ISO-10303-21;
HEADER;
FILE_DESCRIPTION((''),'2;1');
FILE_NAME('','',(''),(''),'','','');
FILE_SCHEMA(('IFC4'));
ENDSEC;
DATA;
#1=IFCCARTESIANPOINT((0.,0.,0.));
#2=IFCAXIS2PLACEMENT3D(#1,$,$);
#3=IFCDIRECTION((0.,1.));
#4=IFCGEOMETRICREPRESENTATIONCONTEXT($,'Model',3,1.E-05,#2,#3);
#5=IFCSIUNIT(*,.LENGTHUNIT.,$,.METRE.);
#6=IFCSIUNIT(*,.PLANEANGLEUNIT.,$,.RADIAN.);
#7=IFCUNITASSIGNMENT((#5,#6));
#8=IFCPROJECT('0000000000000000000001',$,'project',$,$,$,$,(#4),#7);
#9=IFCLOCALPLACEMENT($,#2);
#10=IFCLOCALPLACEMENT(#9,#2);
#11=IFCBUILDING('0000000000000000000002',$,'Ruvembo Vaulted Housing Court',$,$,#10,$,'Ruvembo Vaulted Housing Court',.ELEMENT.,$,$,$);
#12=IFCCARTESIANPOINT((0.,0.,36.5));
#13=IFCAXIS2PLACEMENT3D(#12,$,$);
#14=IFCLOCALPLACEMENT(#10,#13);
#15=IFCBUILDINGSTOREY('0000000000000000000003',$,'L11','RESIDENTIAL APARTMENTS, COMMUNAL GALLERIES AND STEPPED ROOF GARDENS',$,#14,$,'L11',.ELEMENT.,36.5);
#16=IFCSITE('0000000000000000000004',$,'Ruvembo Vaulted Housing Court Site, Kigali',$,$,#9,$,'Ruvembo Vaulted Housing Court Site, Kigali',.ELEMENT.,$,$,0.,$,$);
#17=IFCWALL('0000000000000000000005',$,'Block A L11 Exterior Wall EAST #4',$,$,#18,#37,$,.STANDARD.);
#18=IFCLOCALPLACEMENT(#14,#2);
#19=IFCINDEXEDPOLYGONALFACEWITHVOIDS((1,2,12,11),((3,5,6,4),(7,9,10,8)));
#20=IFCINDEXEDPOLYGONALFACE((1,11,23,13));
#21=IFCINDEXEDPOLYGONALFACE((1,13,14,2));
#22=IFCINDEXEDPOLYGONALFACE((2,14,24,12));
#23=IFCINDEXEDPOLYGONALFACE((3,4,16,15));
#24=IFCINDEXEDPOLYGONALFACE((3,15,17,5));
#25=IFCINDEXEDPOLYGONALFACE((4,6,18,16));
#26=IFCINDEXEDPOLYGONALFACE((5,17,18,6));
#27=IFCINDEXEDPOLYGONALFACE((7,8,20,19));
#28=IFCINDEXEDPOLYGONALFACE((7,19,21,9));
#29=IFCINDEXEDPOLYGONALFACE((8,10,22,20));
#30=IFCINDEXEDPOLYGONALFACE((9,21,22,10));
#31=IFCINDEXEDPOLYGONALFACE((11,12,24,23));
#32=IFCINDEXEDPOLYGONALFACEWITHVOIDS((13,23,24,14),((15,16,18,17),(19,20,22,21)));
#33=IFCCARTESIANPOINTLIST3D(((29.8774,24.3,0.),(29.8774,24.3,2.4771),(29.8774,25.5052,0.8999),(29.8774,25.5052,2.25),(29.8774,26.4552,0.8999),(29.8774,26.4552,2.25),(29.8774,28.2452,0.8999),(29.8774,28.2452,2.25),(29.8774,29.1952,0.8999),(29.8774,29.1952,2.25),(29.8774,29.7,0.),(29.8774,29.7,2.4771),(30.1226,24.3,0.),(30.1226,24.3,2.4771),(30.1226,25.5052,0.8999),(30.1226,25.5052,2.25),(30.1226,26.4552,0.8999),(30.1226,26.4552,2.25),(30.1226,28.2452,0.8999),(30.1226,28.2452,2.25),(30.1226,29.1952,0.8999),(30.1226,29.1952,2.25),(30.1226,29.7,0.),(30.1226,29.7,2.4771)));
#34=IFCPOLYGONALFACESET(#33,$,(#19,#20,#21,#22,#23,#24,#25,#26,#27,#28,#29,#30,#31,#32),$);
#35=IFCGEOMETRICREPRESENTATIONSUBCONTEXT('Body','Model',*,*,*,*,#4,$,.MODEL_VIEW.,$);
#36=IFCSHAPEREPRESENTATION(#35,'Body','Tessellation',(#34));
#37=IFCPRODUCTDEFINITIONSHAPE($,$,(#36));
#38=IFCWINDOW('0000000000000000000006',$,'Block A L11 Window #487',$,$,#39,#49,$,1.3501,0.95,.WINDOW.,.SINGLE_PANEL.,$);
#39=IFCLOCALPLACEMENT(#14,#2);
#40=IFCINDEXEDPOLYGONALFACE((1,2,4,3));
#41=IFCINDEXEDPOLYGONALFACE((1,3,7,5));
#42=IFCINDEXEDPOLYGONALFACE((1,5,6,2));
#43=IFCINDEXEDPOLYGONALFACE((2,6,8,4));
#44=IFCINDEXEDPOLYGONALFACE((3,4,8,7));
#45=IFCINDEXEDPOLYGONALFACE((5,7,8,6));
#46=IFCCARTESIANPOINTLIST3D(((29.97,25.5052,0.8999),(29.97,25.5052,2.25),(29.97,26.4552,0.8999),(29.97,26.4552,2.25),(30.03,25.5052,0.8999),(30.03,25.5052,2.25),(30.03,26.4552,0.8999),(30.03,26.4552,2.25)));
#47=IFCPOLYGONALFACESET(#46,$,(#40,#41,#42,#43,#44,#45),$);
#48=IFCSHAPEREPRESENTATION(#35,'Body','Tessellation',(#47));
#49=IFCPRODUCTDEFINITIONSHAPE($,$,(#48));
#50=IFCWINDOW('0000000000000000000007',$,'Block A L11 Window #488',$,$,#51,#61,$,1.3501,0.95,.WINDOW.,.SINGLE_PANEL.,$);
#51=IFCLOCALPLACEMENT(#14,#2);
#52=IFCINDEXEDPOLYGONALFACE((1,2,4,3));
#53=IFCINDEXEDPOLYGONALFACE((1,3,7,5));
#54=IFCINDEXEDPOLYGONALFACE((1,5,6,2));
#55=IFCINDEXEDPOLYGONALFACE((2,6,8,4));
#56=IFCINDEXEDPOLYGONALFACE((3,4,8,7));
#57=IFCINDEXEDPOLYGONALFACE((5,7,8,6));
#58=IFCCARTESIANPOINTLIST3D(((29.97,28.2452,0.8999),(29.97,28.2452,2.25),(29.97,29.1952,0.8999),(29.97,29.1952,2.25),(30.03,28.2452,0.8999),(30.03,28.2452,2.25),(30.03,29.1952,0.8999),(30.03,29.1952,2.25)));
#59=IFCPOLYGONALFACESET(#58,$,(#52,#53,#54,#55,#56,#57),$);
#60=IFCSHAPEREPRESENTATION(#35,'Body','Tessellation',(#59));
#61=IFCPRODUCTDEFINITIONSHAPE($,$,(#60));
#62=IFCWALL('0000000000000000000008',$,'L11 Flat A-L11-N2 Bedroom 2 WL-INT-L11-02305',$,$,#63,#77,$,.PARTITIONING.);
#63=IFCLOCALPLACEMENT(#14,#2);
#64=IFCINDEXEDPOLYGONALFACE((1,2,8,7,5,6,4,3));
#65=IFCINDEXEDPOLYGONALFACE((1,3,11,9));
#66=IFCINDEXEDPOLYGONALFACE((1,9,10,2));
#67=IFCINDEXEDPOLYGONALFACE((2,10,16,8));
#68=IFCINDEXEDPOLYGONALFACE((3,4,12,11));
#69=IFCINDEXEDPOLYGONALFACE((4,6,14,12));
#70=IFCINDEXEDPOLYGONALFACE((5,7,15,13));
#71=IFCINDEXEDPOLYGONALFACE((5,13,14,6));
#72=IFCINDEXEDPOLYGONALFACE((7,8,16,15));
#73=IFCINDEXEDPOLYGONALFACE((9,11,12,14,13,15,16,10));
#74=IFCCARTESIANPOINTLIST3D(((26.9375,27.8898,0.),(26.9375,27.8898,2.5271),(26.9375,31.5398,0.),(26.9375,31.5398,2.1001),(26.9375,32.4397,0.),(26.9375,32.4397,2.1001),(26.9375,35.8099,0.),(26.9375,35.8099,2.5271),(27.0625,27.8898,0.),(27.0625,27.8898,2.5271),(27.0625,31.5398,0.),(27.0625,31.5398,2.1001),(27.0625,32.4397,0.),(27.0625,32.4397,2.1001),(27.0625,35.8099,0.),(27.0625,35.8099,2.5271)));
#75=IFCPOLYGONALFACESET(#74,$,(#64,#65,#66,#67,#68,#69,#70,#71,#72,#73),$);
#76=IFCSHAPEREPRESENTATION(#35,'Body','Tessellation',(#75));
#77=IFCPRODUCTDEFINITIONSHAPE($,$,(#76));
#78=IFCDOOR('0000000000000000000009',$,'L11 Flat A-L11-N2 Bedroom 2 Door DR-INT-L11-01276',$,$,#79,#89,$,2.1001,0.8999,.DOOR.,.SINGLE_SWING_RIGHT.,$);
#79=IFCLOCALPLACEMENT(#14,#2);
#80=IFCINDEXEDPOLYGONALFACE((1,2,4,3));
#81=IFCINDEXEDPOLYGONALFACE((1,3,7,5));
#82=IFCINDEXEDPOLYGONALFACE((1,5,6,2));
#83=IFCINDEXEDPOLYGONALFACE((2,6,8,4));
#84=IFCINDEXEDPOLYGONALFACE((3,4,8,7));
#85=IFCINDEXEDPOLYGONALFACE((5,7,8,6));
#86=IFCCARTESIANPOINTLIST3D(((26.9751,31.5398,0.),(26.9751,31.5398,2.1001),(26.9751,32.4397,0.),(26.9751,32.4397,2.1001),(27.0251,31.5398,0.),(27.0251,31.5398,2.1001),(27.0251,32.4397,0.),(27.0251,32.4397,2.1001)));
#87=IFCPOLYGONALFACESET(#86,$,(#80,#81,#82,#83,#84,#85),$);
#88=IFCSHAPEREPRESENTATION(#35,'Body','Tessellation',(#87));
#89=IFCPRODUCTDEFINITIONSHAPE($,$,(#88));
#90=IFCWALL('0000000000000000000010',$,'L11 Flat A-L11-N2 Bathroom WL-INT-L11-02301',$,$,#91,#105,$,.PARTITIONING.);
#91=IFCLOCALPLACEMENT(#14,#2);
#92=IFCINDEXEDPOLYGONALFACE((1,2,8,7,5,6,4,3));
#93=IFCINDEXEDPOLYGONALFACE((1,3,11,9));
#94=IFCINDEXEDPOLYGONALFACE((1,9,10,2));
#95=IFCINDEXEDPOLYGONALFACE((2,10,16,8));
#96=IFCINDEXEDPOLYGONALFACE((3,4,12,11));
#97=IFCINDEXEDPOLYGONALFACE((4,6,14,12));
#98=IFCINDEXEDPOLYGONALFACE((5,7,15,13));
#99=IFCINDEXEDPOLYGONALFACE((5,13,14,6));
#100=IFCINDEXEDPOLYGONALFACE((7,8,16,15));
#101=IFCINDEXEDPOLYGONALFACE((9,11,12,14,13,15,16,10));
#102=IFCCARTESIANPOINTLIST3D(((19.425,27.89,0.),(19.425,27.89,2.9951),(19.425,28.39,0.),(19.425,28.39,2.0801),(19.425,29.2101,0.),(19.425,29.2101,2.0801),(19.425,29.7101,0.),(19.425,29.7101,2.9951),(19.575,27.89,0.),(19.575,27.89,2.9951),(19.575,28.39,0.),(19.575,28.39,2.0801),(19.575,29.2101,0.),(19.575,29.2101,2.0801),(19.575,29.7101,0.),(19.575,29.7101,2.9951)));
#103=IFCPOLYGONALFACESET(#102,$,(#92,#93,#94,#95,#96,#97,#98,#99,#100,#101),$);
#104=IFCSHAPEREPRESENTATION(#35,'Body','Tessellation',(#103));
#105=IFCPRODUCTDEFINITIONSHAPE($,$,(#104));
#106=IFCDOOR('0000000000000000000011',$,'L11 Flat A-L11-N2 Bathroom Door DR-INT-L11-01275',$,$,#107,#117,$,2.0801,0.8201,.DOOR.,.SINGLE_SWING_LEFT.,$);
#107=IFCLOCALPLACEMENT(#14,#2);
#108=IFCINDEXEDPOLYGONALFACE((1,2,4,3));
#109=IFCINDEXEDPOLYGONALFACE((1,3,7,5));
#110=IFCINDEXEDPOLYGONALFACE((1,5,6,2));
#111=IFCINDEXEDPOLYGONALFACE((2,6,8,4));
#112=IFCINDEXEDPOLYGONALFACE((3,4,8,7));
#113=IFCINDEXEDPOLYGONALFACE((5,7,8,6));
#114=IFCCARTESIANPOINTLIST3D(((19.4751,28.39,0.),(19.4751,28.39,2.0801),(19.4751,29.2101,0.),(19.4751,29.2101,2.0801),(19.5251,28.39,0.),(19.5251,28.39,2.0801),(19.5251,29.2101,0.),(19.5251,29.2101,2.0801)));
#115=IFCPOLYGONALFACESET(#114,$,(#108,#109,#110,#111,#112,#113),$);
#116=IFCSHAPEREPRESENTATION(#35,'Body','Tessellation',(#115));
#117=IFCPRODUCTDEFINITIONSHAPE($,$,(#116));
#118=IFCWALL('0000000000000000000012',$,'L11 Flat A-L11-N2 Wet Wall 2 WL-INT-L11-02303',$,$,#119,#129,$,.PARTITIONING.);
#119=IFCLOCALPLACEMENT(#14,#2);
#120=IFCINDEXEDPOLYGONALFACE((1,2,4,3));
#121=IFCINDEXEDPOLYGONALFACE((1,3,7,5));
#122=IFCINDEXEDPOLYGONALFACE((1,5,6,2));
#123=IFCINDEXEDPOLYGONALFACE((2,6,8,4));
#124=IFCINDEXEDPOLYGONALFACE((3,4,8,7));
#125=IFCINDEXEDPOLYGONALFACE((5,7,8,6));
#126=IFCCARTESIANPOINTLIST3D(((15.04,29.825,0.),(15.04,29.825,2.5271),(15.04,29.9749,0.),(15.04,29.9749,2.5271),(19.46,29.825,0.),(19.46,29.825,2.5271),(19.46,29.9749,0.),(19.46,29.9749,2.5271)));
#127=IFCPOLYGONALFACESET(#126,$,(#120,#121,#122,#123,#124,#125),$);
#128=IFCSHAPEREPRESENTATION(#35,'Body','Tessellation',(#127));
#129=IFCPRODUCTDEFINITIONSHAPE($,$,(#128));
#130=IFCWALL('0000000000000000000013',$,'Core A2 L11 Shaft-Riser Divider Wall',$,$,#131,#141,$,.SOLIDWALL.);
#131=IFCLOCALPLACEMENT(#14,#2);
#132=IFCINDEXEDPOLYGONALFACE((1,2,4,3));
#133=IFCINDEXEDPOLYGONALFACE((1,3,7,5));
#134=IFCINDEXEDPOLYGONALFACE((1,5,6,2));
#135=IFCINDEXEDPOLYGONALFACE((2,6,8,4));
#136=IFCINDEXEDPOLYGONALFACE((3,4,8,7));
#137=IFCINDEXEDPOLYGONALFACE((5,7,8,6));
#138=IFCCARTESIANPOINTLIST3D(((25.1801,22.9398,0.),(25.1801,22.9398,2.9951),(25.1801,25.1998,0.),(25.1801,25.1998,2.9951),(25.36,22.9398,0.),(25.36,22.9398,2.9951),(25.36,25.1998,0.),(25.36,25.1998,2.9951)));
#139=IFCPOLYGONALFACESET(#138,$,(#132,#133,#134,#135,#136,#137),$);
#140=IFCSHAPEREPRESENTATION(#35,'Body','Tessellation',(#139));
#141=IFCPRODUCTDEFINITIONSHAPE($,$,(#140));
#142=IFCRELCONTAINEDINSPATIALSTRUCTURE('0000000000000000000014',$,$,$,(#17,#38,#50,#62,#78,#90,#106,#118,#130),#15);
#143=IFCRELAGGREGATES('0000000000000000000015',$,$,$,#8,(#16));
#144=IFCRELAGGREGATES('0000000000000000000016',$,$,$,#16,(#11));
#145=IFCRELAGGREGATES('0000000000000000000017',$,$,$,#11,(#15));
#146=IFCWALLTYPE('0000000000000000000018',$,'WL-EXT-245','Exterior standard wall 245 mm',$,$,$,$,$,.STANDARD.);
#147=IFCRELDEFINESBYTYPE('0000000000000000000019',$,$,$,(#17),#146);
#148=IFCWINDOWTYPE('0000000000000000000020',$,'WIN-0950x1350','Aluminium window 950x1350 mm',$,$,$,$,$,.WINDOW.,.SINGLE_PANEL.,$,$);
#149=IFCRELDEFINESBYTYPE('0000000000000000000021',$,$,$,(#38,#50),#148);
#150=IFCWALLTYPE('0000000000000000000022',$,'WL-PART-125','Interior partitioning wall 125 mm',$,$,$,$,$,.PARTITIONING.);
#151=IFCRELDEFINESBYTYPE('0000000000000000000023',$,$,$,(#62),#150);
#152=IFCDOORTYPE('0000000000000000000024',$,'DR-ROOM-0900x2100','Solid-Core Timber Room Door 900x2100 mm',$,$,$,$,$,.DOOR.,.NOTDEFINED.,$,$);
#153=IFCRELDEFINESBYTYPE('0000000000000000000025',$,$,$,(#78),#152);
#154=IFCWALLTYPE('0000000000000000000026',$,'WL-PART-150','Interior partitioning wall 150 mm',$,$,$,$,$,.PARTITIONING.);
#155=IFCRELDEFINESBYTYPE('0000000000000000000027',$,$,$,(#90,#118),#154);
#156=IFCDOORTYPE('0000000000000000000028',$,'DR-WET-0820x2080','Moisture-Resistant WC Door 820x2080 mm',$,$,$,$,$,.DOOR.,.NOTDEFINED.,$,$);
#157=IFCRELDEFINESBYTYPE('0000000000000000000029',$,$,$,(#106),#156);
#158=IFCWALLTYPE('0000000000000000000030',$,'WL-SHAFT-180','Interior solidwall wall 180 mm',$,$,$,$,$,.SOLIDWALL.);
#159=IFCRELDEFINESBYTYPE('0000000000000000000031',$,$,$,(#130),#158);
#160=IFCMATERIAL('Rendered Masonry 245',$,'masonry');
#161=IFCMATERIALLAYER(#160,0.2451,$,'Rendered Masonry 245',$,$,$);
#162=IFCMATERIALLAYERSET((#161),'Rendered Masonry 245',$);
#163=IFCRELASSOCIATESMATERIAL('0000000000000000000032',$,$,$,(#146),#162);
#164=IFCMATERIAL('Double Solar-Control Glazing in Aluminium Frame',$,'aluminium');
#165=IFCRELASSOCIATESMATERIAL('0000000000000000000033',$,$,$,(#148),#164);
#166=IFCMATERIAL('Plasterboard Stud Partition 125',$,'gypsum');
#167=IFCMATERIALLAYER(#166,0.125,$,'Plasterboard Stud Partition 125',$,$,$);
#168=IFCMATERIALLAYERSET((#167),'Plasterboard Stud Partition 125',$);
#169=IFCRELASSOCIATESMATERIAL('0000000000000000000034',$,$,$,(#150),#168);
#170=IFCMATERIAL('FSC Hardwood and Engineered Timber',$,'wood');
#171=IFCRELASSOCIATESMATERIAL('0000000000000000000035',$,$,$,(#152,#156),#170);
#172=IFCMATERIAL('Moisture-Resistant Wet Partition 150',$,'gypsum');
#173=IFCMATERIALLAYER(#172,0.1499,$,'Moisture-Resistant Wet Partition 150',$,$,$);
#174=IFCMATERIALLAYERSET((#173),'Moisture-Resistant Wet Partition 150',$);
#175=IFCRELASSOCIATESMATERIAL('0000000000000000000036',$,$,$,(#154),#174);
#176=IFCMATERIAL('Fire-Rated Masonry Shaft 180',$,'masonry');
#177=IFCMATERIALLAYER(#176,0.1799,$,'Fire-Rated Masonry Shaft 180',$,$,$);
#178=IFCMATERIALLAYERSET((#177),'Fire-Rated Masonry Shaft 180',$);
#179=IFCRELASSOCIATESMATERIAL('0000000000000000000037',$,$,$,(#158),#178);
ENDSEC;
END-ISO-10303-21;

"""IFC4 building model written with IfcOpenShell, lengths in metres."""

from ifc_helpers import new_model, si_unit, direction, frame, frame_2d, origin, place, context, subcontext, project, spatial, rectangle, extrude, material, layer, layer_set, type_object, element, fill, save


model = new_model("IFC4")

# Units and contexts
model_context = context("Model", 3, precision=1e-05, world=origin(), true_north=direction((0.0, 1.0)))
body_context = subcontext(model_context, "Body", "Model", "MODEL_VIEW")
ifc_project = project(units=[si_unit("LENGTHUNIT", "METRE"), si_unit("PLANEANGLEUNIT", "RADIAN")], contexts=[model_context])

# Site, building, storey
site_placement = place(None, origin())
site = spatial("IfcSite", under=ifc_project, at=site_placement, Name="Ruvembo Vaulted Housing Court Site, Kigali", LongName="Ruvembo Vaulted Housing Court Site, Kigali", CompositionType="ELEMENT", RefElevation=0.0)
building_placement = place(site_placement, origin())
building = spatial("IfcBuilding", under=site, at=building_placement, Name="Ruvembo Vaulted Housing Court", LongName="Ruvembo Vaulted Housing Court", CompositionType="ELEMENT")
storey_placement = place(building_placement, frame((0.0, 0.0, 36.5)))
storey = spatial("IfcBuildingStorey", under=building, at=storey_placement, Name="L11", Description="RESIDENTIAL APARTMENTS, COMMUNAL GALLERIES AND STEPPED ROOF GARDENS", LongName="L11", CompositionType="ELEMENT", Elevation=36.5)

# Shared definitions
ifc_material_1 = material(Name="FSC Hardwood and Engineered Timber", Category="wood")

# Wall, openings, windows
ifc_material_2 = material(Name="Rendered Masonry 245", Category="masonry")
ifc_layer_1 = layer(ifc_material_2, 0.2451, Name="Rendered Masonry 245")
ifc_layer_set_1 = layer_set([ifc_layer_1], Name="Rendered Masonry 245")
wall_type_1 = type_object("IfcWallType", Name="WL-EXT-245", Description="Exterior standard wall 245 mm", PredefinedType="STANDARD", material=ifc_layer_set_1)
wall_1_placement = place(storey_placement, frame((30.0, 24.3, 0.0), z_axis=(0.0, 0.0, 1.0), x_axis=(0.0, 1.0, 0.0)))
wall_1 = element("IfcWall", 1, at=wall_1_placement, inside=storey, type_object=wall_type_1, Name="Block A L11 Exterior Wall EAST #4", PredefinedType="STANDARD", context=body_context, shape_type="SweptSolid", body=[
    extrude(rectangle(XDim=5.3999, YDim=0.2451, at=frame_2d((2.7, 0.0))), origin(), (0.0, 0.0, 1.0), 2.4771),
])
opening_1_placement = place(wall_1_placement, frame((1.2051, 0.0, 0.8999)))
opening_1 = element("IfcOpeningElement", 2, at=opening_1_placement, cuts=wall_1, PredefinedType="OPENING", context=body_context, shape_type="SweptSolid", body=[
    extrude(rectangle(XDim=0.95, YDim=1.3501, at=frame_2d((0.4751, 0.675))), frame((0.0, 0.1326, 0.0), z_axis=(0.0, -1.0, 0.0), x_axis=(1.0, 0.0, 0.0)), (0.0, 0.0, 1.0), 0.2651),
])
opening_2_placement = place(wall_1_placement, frame((3.9451, 0.0, 0.8999)))
opening_2 = element("IfcOpeningElement", 3, at=opening_2_placement, cuts=wall_1, PredefinedType="OPENING", context=body_context, shape_type="SweptSolid", body=[
    extrude(rectangle(XDim=0.95, YDim=1.3501, at=frame_2d((0.4751, 0.675))), frame((0.0, 0.1326, 0.0), z_axis=(0.0, -1.0, 0.0), x_axis=(1.0, 0.0, 0.0)), (0.0, 0.0, 1.0), 0.2651),
])
ifc_material_3 = material(Name="Double Solar-Control Glazing in Aluminium Frame", Category="aluminium")
window_type = type_object("IfcWindowType", Name="WIN-0950x1350", Description="Aluminium window 950x1350 mm", PartitioningType="SINGLE_PANEL", PredefinedType="WINDOW", material=ifc_material_3)
window_1_placement = place(opening_1_placement, origin())
window_1 = element("IfcWindow", 4, at=window_1_placement, inside=storey, type_object=window_type, Name="Block A L11 Window #487", OverallHeight=1.3501, OverallWidth=0.95, PartitioningType="SINGLE_PANEL", PredefinedType="WINDOW", context=body_context, shape_type="SweptSolid", body=[
    extrude(rectangle(XDim=0.95, YDim=1.3501, at=frame_2d((0.4751, 0.675))), frame((0.0, 0.03, 0.0), z_axis=(0.0, -1.0, 0.0), x_axis=(1.0, 0.0, 0.0)), (0.0, 0.0, 1.0), 0.0601),
])
fill(opening_1, window_1)
window_2_placement = place(opening_2_placement, origin())
window_2 = element("IfcWindow", 5, at=window_2_placement, inside=storey, type_object=window_type, Name="Block A L11 Window #488", OverallHeight=1.3501, OverallWidth=0.95, PartitioningType="SINGLE_PANEL", PredefinedType="WINDOW", context=body_context, shape_type="SweptSolid", body=[
    extrude(rectangle(XDim=0.95, YDim=1.3501, at=frame_2d((0.4751, 0.675))), frame((0.0, 0.03, 0.0), z_axis=(0.0, -1.0, 0.0), x_axis=(1.0, 0.0, 0.0)), (0.0, 0.0, 1.0), 0.0601),
])
fill(opening_2, window_2)

# Walls, openings, doors
ifc_material_4 = material(Name="Plasterboard Stud Partition 125", Category="gypsum")
ifc_layer_2 = layer(ifc_material_4, 0.125, Name="Plasterboard Stud Partition 125")
ifc_layer_set_2 = layer_set([ifc_layer_2], Name="Plasterboard Stud Partition 125")
wall_type_2 = type_object("IfcWallType", Name="WL-PART-125", Description="Interior partitioning wall 125 mm", PredefinedType="PARTITIONING", material=ifc_layer_set_2)
wall_2_placement = place(storey_placement, frame((27.0, 27.8899, 0.0), z_axis=(0.0, 0.0, 1.0), x_axis=(0.0, 1.0, 0.0)))
wall_2 = element("IfcWall", 6, at=wall_2_placement, inside=storey, type_object=wall_type_2, Name="L11 Flat A-L11-N2 Bedroom 2 WL-INT-L11-02305", PredefinedType="PARTITIONING", context=body_context, shape_type="SweptSolid", body=[
    extrude(rectangle(XDim=7.9202, YDim=0.125, at=frame_2d((3.96, 0.0))), origin(), (0.0, 0.0, 1.0), 2.5271),
])
opening_3_placement = place(wall_2_placement, frame((3.6499, 0.0, 0.0)))
opening_3 = element("IfcOpeningElement", 7, at=opening_3_placement, cuts=wall_2, PredefinedType="OPENING", context=body_context, shape_type="SweptSolid", body=[
    extrude(rectangle(XDim=0.8999, YDim=2.1001, at=frame_2d((0.45, 1.05))), frame((0.0, 0.0725, 0.0), z_axis=(0.0, -1.0, 0.0), x_axis=(1.0, 0.0, 0.0)), (0.0, 0.0, 1.0), 0.145),
])
door_type_1 = type_object("IfcDoorType", Name="DR-ROOM-0900x2100", Description="Solid-Core Timber Room Door 900x2100 mm", OperationType="NOTDEFINED", PredefinedType="DOOR", material=ifc_material_1)
door_1_placement = place(opening_3_placement, origin())
door_1 = element("IfcDoor", 8, at=door_1_placement, inside=storey, type_object=door_type_1, Name="L11 Flat A-L11-N2 Bedroom 2 Door DR-INT-L11-01276", OperationType="SINGLE_SWING_RIGHT", OverallHeight=2.1001, OverallWidth=0.8999, PredefinedType="DOOR", context=body_context, shape_type="SweptSolid", body=[
    extrude(rectangle(XDim=0.8999, YDim=2.1001, at=frame_2d((0.45, 1.05))), frame((0.0, 0.0249, 0.0), z_axis=(0.0, -1.0, 0.0), x_axis=(1.0, 0.0, 0.0)), (0.0, 0.0, 1.0), 0.05),
])
fill(opening_3, door_1)
ifc_material_5 = material(Name="Moisture-Resistant Wet Partition 150", Category="gypsum")
ifc_layer_3 = layer(ifc_material_5, 0.1499, Name="Moisture-Resistant Wet Partition 150")
ifc_layer_set_3 = layer_set([ifc_layer_3], Name="Moisture-Resistant Wet Partition 150")
wall_type_3 = type_object("IfcWallType", Name="WL-PART-150", Description="Interior partitioning wall 150 mm", PredefinedType="PARTITIONING", material=ifc_layer_set_3)
wall_3_placement = place(storey_placement, frame((19.5, 27.8899, 0.0), z_axis=(0.0, 0.0, 1.0), x_axis=(0.0, 1.0, 0.0)))
wall_3 = element("IfcWall", 9, at=wall_3_placement, inside=storey, type_object=wall_type_3, Name="L11 Flat A-L11-N2 Bathroom WL-INT-L11-02301", PredefinedType="PARTITIONING", context=body_context, shape_type="SweptSolid", body=[
    extrude(rectangle(XDim=1.8201, YDim=0.1499, at=frame_2d((0.9102, 0.0))), origin(), (0.0, 0.0, 1.0), 2.9951),
])
opening_4_placement = place(wall_3_placement, frame((0.5, 0.0, 0.0)))
opening_4 = element("IfcOpeningElement", 10, at=opening_4_placement, cuts=wall_3, PredefinedType="OPENING", context=body_context, shape_type="SweptSolid", body=[
    extrude(rectangle(XDim=0.8201, YDim=2.0801, at=frame_2d((0.4102, 1.04))), frame((0.0, 0.085, 0.0), z_axis=(0.0, -1.0, 0.0), x_axis=(1.0, 0.0, 0.0)), (0.0, 0.0, 1.0), 0.1699),
])
door_type_2 = type_object("IfcDoorType", Name="DR-WET-0820x2080", Description="Moisture-Resistant WC Door 820x2080 mm", OperationType="NOTDEFINED", PredefinedType="DOOR", material=ifc_material_1)
door_2_placement = place(opening_4_placement, origin())
door_2 = element("IfcDoor", 11, at=door_2_placement, inside=storey, type_object=door_type_2, Name="L11 Flat A-L11-N2 Bathroom Door DR-INT-L11-01275", OperationType="SINGLE_SWING_LEFT", OverallHeight=2.0801, OverallWidth=0.8201, PredefinedType="DOOR", context=body_context, shape_type="SweptSolid", body=[
    extrude(rectangle(XDim=0.8201, YDim=2.0801, at=frame_2d((0.4102, 1.04))), frame((0.0, 0.0249, 0.0), z_axis=(0.0, -1.0, 0.0), x_axis=(1.0, 0.0, 0.0)), (0.0, 0.0, 1.0), 0.05),
])
fill(opening_4, door_2)

# Wall
wall_4_placement = place(storey_placement, frame((15.04, 29.8999, 0.0), z_axis=(0.0, 0.0, 1.0), x_axis=(1.0, 0.0, 0.0)))
element("IfcWall", 12, at=wall_4_placement, inside=storey, type_object=wall_type_3, Name="L11 Flat A-L11-N2 Wet Wall 2 WL-INT-L11-02303", PredefinedType="PARTITIONING", context=body_context, shape_type="SweptSolid", body=[
    extrude(rectangle(XDim=4.4199, YDim=0.1499, at=frame_2d((2.21, 0.0))), origin(), (0.0, 0.0, 1.0), 2.5271),
])

# Shared definitions
ifc_material_6 = material(Name="Fire-Rated Masonry Shaft 180", Category="masonry")
ifc_layer_4 = layer(ifc_material_6, 0.1799, Name="Fire-Rated Masonry Shaft 180")
ifc_layer_set_4 = layer_set([ifc_layer_4], Name="Fire-Rated Masonry Shaft 180")
wall_type_4 = type_object("IfcWallType", Name="WL-SHAFT-180", Description="Interior solidwall wall 180 mm", PredefinedType="SOLIDWALL", material=ifc_layer_set_4)

# Wall
wall_5_placement = place(storey_placement, frame((25.27, 22.9399, 0.0), z_axis=(0.0, 0.0, 1.0), x_axis=(0.0, 1.0, 0.0)))
element("IfcWall", 13, at=wall_5_placement, inside=storey, type_object=wall_type_4, Name="Core A2 L11 Shaft-Riser Divider Wall", PredefinedType="SOLIDWALL", context=body_context, shape_type="SweptSolid", body=[
    extrude(rectangle(XDim=2.26, YDim=0.1799, at=frame_2d((1.1299, 0.0))), origin(), (0.0, 0.0, 1.0), 2.9951),
])

save(model, "model.ifc")
